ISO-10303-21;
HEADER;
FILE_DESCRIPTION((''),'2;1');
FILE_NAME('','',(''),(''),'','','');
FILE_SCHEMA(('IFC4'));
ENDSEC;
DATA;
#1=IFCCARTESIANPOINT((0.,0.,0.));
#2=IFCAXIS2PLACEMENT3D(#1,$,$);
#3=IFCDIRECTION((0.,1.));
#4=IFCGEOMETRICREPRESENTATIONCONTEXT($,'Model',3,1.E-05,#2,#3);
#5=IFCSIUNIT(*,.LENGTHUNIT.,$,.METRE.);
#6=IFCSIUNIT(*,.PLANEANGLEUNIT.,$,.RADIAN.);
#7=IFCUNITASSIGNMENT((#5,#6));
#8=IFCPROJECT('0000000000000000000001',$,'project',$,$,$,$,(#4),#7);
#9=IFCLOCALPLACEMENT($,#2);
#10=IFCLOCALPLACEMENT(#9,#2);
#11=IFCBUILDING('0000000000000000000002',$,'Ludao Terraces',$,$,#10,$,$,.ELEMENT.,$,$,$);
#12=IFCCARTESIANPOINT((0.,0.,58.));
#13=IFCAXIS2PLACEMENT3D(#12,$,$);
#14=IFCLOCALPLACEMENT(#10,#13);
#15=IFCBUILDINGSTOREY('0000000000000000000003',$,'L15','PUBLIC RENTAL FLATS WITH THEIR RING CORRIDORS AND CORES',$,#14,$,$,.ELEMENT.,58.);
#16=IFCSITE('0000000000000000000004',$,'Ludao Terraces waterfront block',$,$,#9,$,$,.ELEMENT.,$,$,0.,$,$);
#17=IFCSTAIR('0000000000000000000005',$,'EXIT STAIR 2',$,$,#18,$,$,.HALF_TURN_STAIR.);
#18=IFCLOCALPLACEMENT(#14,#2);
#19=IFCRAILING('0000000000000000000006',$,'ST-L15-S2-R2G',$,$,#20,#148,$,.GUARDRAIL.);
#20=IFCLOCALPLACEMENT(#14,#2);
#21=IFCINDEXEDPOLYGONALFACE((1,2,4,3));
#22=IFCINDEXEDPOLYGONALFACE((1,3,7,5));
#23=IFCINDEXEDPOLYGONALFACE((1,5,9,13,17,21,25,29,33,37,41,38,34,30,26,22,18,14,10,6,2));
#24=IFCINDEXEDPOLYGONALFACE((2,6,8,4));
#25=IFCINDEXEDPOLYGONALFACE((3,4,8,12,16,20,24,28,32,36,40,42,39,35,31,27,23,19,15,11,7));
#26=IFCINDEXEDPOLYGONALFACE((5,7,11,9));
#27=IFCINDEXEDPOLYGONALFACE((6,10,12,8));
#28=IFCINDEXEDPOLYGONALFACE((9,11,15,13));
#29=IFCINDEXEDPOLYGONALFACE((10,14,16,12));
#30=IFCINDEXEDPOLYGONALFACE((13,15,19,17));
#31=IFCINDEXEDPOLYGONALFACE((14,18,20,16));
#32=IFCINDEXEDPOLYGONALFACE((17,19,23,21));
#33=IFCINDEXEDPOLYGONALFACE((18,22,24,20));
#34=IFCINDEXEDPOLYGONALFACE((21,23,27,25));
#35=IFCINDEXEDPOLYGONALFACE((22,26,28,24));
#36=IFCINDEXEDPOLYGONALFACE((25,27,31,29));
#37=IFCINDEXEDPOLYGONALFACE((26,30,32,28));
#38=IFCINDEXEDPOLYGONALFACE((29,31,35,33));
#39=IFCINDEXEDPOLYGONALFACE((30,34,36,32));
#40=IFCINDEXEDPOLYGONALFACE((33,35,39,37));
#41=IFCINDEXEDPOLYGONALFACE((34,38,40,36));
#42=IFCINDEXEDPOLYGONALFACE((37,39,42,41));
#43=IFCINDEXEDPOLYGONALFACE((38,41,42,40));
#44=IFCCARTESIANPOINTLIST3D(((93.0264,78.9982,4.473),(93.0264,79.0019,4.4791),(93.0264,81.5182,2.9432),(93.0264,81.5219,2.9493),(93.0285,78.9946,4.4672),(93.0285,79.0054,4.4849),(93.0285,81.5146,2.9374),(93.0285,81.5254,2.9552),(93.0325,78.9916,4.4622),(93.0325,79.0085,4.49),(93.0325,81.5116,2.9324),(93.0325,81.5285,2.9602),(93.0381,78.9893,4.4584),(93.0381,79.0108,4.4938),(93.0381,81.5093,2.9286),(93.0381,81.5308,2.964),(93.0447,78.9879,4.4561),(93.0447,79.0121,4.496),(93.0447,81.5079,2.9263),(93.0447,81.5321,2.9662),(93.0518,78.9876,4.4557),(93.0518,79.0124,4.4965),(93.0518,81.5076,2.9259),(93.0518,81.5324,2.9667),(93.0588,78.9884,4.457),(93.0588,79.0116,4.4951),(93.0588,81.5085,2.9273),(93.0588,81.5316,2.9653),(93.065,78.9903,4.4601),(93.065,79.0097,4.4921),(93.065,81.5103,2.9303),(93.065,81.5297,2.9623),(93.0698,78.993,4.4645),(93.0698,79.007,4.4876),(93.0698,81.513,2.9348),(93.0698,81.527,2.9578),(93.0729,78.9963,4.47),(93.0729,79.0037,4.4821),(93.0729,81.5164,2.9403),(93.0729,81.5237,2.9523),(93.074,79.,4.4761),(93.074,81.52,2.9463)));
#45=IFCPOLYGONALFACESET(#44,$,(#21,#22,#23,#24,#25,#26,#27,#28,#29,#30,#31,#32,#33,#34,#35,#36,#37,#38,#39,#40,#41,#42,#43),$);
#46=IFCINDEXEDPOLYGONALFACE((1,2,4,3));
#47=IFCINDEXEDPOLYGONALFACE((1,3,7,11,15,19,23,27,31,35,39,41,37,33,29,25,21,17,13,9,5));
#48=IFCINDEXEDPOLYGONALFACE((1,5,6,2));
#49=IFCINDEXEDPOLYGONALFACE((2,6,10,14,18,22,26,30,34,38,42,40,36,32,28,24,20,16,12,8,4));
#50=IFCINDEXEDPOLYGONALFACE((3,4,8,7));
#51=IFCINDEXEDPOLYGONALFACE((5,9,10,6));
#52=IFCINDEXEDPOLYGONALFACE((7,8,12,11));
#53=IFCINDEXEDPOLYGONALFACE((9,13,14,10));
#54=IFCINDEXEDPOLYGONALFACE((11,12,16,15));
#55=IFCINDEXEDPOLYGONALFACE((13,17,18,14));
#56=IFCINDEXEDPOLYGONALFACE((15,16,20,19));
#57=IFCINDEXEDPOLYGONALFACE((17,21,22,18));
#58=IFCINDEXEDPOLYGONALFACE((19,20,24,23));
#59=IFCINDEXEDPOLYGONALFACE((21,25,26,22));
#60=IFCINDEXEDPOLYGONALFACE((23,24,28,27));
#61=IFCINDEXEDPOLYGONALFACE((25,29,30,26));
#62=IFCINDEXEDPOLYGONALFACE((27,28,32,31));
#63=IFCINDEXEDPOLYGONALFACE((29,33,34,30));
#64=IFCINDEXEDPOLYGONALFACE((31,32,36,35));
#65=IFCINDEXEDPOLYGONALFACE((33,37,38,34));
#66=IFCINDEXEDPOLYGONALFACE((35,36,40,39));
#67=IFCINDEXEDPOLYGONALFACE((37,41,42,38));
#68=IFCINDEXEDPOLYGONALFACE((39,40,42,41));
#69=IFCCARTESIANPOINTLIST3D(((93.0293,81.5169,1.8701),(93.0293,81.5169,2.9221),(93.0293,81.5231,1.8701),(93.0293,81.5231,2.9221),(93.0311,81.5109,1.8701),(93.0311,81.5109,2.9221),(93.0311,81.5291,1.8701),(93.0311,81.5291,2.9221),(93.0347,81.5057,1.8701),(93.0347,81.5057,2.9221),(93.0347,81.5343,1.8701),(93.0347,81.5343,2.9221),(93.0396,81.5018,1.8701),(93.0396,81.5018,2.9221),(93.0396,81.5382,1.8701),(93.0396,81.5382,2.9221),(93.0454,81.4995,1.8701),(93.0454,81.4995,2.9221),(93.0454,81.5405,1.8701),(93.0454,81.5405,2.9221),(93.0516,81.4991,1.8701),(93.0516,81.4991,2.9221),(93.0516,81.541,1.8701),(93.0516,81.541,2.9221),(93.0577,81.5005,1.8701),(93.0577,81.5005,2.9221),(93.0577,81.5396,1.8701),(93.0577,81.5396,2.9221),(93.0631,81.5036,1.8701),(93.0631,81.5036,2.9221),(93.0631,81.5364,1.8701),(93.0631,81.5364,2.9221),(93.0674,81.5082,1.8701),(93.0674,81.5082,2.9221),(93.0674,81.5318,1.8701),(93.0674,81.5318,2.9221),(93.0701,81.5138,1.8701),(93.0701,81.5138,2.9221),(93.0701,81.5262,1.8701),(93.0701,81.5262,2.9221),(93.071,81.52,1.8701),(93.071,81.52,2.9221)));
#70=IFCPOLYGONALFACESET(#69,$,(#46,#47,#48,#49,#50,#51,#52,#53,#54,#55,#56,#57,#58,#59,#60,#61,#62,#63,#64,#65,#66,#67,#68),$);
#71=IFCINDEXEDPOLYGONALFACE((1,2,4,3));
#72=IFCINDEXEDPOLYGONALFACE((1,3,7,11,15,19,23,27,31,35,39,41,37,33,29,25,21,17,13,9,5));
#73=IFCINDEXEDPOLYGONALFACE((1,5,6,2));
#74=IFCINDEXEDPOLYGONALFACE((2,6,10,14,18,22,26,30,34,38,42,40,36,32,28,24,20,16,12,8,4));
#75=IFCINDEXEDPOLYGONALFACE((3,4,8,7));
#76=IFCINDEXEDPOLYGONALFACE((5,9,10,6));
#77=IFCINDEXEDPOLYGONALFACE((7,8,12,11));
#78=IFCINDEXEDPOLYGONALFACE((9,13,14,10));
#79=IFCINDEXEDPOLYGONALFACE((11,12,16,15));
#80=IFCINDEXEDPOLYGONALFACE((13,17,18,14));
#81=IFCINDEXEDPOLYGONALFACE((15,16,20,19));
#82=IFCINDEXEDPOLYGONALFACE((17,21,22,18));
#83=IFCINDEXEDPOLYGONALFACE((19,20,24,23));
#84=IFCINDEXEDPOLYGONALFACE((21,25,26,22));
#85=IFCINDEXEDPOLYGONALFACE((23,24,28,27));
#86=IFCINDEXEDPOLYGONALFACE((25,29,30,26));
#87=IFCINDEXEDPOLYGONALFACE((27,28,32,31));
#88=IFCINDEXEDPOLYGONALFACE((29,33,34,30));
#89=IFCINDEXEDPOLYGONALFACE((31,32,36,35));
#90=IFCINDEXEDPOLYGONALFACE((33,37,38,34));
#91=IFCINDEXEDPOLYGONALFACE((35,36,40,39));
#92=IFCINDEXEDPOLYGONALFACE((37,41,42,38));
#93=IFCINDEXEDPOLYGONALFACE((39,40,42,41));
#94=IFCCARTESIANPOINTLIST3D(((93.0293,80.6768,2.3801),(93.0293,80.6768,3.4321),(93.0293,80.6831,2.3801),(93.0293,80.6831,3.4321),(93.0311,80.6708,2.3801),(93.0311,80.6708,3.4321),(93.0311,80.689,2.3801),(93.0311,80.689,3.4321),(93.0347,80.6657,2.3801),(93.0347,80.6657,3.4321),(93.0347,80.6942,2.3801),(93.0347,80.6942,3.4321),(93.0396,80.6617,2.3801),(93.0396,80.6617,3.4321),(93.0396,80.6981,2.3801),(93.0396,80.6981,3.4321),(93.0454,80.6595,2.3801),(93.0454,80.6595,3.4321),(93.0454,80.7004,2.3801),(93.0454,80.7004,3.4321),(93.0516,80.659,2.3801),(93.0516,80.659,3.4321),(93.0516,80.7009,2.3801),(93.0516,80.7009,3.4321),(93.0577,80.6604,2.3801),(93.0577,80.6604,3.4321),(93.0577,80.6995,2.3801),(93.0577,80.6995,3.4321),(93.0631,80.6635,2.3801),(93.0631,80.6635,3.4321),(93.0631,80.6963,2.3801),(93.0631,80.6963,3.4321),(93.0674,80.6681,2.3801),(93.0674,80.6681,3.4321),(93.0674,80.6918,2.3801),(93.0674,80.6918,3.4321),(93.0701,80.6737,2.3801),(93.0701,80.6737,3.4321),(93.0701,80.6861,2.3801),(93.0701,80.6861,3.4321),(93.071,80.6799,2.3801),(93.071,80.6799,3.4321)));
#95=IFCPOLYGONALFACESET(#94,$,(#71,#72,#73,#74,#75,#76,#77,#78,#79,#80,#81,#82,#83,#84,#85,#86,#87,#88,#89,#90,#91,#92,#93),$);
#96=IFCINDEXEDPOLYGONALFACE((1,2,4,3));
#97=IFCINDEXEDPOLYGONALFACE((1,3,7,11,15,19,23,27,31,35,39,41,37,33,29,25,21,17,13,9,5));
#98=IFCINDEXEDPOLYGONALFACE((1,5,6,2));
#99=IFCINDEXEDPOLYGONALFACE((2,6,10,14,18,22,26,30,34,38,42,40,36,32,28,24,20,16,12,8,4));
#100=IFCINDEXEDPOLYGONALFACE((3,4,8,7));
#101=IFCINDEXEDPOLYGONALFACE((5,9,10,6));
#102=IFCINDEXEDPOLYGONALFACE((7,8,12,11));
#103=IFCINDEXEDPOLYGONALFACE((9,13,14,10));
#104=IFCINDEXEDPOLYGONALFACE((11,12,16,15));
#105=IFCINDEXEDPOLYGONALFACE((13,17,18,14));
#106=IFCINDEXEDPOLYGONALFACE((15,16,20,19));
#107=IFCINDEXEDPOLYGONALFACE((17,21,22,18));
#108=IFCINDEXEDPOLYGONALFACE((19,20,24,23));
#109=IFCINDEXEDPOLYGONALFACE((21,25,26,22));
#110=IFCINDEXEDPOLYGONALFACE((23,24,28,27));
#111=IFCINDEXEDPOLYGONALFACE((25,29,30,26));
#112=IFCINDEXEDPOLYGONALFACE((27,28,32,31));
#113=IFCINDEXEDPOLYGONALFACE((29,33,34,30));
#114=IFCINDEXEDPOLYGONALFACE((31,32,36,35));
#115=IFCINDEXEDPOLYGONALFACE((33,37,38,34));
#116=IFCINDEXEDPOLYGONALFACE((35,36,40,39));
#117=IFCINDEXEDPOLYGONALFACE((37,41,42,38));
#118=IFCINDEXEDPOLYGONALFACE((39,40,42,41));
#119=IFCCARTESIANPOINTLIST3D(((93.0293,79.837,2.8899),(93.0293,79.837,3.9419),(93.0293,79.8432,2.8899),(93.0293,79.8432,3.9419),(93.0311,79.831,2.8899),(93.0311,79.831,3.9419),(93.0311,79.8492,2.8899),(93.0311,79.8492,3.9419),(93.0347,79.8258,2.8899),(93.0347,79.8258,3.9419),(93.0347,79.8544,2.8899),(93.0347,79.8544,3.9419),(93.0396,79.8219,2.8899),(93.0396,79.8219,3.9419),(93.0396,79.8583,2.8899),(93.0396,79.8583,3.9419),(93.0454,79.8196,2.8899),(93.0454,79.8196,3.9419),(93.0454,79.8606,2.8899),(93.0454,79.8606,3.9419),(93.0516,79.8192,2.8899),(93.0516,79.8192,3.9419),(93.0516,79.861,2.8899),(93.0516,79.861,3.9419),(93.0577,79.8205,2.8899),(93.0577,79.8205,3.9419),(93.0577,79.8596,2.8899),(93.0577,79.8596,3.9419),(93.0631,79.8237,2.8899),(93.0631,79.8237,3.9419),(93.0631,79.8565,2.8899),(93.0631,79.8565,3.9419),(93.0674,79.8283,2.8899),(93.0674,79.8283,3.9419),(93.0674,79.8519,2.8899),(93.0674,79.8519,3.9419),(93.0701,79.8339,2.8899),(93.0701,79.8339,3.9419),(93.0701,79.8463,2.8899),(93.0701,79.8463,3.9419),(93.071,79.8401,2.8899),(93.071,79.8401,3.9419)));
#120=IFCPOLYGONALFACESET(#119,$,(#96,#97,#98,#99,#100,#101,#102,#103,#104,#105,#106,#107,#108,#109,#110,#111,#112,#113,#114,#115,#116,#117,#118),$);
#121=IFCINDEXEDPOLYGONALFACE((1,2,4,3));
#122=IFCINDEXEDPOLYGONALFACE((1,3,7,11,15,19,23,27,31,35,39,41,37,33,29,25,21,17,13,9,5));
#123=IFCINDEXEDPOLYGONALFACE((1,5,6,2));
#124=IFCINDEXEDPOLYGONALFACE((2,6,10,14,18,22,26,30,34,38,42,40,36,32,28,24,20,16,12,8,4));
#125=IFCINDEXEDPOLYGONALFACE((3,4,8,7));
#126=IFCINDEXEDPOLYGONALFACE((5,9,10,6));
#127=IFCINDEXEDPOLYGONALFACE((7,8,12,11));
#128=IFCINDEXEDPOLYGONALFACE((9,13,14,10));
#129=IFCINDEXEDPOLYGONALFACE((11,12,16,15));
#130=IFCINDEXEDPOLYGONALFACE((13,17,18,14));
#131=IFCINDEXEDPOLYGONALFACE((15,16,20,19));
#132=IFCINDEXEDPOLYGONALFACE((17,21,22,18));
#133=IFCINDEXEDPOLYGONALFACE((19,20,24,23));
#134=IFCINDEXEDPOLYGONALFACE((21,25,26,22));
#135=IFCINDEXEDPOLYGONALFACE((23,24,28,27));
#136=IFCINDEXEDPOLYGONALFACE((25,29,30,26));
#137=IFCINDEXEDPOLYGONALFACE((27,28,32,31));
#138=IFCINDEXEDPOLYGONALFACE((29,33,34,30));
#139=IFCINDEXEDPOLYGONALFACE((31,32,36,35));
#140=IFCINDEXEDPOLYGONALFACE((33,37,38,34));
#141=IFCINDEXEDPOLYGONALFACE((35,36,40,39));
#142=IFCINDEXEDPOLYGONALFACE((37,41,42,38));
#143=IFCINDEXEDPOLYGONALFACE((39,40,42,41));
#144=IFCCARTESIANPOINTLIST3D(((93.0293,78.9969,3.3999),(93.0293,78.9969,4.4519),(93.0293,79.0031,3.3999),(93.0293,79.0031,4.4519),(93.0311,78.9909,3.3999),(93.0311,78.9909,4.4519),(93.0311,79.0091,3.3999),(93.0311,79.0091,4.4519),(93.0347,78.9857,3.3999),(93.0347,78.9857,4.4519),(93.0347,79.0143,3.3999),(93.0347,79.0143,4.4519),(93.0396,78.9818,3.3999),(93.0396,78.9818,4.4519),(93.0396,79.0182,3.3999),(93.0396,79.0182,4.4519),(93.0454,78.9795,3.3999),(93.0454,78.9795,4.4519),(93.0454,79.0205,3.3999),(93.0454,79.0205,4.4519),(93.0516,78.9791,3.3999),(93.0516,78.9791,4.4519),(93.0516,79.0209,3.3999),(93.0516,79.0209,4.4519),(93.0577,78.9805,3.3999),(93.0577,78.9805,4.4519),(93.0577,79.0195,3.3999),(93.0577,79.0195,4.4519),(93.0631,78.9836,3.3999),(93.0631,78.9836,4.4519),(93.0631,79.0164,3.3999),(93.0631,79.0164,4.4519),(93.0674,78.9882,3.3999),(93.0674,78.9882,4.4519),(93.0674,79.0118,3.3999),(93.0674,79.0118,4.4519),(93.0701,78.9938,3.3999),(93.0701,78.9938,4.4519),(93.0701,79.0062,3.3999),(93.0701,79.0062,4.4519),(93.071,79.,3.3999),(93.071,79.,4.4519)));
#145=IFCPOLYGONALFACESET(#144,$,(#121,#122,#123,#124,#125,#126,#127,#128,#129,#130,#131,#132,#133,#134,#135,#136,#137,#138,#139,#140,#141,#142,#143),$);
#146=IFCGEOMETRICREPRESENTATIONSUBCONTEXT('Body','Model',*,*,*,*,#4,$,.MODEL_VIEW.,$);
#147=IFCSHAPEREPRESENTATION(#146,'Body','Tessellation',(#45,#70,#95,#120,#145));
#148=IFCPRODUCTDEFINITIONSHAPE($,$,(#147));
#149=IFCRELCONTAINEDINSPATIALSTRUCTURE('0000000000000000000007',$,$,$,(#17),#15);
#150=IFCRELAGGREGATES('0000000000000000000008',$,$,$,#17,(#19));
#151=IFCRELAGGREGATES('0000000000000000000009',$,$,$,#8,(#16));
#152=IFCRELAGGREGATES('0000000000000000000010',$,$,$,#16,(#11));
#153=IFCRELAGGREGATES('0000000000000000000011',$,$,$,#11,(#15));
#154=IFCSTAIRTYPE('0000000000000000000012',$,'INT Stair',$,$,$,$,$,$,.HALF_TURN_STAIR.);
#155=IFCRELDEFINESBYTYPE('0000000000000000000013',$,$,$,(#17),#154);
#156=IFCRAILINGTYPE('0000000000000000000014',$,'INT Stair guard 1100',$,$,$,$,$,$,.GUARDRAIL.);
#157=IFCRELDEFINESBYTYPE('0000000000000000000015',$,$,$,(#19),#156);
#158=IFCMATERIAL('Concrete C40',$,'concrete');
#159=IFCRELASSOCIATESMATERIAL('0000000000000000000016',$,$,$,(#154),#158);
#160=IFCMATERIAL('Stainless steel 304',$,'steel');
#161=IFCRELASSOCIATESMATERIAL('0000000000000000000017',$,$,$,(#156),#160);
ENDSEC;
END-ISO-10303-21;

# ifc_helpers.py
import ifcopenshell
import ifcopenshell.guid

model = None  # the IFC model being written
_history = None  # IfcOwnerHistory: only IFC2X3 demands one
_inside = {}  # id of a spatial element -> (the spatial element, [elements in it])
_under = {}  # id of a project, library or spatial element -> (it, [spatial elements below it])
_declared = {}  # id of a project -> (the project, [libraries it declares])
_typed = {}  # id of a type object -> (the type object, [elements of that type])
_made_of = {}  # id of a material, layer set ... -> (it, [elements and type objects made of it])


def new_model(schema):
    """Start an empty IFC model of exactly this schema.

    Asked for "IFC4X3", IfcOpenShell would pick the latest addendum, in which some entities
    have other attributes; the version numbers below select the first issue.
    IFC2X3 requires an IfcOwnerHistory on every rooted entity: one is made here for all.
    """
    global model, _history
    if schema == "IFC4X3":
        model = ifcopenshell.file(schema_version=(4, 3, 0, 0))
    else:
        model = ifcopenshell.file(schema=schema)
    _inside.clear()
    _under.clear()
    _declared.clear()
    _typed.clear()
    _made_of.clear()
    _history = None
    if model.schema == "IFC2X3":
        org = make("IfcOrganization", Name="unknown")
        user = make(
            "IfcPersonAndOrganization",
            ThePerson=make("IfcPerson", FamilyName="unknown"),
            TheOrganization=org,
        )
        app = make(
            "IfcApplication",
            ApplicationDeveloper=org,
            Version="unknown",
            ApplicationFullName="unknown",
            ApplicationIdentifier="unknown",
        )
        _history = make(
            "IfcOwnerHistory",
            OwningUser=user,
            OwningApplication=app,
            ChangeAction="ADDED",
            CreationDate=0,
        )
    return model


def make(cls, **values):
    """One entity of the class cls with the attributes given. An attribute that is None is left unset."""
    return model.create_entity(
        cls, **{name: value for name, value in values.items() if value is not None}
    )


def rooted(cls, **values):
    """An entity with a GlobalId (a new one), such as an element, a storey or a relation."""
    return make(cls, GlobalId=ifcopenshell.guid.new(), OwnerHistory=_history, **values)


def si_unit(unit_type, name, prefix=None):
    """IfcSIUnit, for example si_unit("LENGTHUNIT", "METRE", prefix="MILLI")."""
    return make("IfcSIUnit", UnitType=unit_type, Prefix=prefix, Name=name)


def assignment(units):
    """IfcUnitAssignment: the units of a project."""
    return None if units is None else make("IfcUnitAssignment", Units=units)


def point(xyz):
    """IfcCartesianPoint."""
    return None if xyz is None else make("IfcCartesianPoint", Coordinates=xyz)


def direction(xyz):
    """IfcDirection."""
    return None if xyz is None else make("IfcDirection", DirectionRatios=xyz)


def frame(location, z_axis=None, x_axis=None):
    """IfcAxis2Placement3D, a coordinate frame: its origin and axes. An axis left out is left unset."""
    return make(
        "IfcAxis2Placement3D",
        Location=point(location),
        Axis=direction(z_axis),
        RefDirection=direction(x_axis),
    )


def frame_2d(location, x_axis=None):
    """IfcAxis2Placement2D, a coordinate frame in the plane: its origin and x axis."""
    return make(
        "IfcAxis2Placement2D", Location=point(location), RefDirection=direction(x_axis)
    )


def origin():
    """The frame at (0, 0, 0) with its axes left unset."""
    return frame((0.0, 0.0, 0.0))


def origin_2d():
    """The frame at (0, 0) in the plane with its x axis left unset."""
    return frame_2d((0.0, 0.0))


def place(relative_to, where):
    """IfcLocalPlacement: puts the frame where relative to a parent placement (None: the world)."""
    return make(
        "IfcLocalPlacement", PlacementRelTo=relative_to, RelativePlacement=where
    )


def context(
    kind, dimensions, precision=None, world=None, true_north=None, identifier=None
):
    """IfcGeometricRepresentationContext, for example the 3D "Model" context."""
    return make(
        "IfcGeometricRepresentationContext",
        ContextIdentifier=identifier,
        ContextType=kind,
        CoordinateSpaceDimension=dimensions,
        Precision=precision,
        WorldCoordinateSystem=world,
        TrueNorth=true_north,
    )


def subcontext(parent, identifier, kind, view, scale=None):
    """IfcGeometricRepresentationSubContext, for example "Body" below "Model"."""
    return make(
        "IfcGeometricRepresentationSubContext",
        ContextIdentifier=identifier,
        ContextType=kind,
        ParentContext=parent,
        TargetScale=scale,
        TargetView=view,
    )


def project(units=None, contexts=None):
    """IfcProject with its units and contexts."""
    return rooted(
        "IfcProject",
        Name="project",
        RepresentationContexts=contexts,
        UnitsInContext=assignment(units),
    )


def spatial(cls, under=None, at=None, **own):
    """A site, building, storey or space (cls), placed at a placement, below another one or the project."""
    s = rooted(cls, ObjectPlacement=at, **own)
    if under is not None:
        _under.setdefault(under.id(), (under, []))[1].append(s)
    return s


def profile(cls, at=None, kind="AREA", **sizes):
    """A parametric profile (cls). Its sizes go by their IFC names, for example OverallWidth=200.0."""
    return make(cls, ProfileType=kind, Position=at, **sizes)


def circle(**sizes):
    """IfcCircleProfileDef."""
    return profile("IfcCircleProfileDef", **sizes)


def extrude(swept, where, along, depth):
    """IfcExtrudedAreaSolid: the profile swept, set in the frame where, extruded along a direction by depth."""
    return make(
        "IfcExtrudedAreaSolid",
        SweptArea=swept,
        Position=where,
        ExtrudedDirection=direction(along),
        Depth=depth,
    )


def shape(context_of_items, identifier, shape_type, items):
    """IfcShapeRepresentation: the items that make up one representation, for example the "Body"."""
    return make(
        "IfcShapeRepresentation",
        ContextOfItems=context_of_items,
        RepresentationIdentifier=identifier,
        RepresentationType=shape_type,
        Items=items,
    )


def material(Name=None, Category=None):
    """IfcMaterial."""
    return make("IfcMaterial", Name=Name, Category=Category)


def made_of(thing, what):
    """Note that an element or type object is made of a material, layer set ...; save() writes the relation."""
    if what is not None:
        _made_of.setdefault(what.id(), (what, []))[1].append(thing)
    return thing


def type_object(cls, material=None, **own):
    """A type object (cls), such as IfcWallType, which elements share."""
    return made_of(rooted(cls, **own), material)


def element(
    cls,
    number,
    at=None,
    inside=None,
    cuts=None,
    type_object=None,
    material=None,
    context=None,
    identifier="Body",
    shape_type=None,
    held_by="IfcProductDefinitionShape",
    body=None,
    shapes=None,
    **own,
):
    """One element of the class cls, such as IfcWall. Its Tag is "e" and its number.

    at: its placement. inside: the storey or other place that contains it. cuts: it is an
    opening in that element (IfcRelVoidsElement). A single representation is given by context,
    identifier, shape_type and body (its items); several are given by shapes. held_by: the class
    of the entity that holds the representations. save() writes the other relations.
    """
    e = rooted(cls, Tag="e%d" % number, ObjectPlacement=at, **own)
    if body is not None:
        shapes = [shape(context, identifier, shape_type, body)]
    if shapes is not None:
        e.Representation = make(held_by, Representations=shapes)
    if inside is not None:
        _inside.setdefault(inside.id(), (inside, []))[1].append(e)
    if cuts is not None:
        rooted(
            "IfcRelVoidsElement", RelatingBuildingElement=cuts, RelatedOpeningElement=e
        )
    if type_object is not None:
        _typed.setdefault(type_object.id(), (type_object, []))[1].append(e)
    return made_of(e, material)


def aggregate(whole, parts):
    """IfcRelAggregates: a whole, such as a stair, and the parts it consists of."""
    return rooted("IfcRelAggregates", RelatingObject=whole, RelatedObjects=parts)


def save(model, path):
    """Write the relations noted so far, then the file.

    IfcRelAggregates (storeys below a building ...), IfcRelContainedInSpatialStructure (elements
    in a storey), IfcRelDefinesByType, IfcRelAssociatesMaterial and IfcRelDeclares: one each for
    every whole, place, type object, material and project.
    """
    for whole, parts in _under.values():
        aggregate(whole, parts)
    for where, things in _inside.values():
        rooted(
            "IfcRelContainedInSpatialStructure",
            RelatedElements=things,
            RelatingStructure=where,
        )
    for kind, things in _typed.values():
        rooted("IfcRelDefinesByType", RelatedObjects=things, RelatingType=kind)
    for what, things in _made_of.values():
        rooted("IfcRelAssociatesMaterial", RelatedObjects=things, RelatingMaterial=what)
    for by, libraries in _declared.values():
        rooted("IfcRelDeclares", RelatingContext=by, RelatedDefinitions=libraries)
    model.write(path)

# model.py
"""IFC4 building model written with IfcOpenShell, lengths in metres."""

from ifc_helpers import new_model, si_unit, direction, frame, origin, origin_2d, place, context, subcontext, project, spatial, circle, extrude, material, type_object, element, aggregate, save


model = new_model("IFC4")

# Units and contexts
model_context = context("Model", 3, precision=1e-05, world=origin(), true_north=direction((0.0, 1.0)))
body_context = subcontext(model_context, "Body", "Model", "MODEL_VIEW")
ifc_project = project(units=[si_unit("LENGTHUNIT", "METRE"), si_unit("PLANEANGLEUNIT", "RADIAN")], contexts=[model_context])

# Site, building, storey
site_placement = place(None, origin())
site = spatial("IfcSite", under=ifc_project, at=site_placement, Name="Ludao Terraces waterfront block", CompositionType="ELEMENT", RefElevation=0.0)
building_placement = place(site_placement, origin())
building = spatial("IfcBuilding", under=site, at=building_placement, Name="Ludao Terraces", CompositionType="ELEMENT")
storey_placement = place(building_placement, frame((0.0, 0.0, 58.0)))
storey = spatial("IfcBuildingStorey", under=building, at=storey_placement, Name="L15", Description="PUBLIC RENTAL FLATS WITH THEIR RING CORRIDORS AND CORES", CompositionType="ELEMENT", Elevation=58.0)

# Shared definitions
ifc_material_1 = material(Name="Concrete C40", Category="concrete")

# Shared definitions
ifc_material_2 = material(Name="Stainless steel 304", Category="steel")

# Stair, railing
stair_type = type_object("IfcStairType", Name="INT Stair", PredefinedType="HALF_TURN_STAIR", material=ifc_material_1)
stair_placement = place(storey_placement, origin())
stair = element("IfcStair", 1, at=stair_placement, inside=storey, type_object=stair_type, Name="EXIT STAIR 2", PredefinedType="HALF_TURN_STAIR")
railing_type_1 = type_object("IfcRailingType", Name="INT Stair guard 1100", PredefinedType="GUARDRAIL", material=ifc_material_2)
railing_1_placement = place(storey_placement, frame((93.05, 81.52, 1.8701)))
railing_1 = element("IfcRailing", 2, at=railing_1_placement, type_object=railing_type_1, Name="ST-L15-S2-R2G", PredefinedType="GUARDRAIL", context=body_context, shape_type="SweptSolid", body=[
    extrude(circle(Radius=0.0239, at=origin_2d()), frame((0.0, 0.0, 1.0762), z_axis=(0.0, -0.854822, 0.518922), x_axis=(1.0, 0.0, 0.0)), (0.0, 0.0, 1.0), 2.948),
    extrude(circle(Radius=0.021, at=origin_2d()), origin(), (0.0, 0.0, 1.0), 1.052),
    extrude(circle(Radius=0.021, at=origin_2d()), frame((0.0, -0.8401, 0.51)), (0.0, 0.0, 1.0), 1.052),
    extrude(circle(Radius=0.021, at=origin_2d()), frame((0.0, -1.6799, 1.0198)), (0.0, 0.0, 1.0), 1.052),
    extrude(circle(Radius=0.021, at=origin_2d()), frame((0.0, -2.52, 1.5298)), (0.0, 0.0, 1.0), 1.052),
])
aggregate(stair, [railing_1])

save(model, "model.ifc")
